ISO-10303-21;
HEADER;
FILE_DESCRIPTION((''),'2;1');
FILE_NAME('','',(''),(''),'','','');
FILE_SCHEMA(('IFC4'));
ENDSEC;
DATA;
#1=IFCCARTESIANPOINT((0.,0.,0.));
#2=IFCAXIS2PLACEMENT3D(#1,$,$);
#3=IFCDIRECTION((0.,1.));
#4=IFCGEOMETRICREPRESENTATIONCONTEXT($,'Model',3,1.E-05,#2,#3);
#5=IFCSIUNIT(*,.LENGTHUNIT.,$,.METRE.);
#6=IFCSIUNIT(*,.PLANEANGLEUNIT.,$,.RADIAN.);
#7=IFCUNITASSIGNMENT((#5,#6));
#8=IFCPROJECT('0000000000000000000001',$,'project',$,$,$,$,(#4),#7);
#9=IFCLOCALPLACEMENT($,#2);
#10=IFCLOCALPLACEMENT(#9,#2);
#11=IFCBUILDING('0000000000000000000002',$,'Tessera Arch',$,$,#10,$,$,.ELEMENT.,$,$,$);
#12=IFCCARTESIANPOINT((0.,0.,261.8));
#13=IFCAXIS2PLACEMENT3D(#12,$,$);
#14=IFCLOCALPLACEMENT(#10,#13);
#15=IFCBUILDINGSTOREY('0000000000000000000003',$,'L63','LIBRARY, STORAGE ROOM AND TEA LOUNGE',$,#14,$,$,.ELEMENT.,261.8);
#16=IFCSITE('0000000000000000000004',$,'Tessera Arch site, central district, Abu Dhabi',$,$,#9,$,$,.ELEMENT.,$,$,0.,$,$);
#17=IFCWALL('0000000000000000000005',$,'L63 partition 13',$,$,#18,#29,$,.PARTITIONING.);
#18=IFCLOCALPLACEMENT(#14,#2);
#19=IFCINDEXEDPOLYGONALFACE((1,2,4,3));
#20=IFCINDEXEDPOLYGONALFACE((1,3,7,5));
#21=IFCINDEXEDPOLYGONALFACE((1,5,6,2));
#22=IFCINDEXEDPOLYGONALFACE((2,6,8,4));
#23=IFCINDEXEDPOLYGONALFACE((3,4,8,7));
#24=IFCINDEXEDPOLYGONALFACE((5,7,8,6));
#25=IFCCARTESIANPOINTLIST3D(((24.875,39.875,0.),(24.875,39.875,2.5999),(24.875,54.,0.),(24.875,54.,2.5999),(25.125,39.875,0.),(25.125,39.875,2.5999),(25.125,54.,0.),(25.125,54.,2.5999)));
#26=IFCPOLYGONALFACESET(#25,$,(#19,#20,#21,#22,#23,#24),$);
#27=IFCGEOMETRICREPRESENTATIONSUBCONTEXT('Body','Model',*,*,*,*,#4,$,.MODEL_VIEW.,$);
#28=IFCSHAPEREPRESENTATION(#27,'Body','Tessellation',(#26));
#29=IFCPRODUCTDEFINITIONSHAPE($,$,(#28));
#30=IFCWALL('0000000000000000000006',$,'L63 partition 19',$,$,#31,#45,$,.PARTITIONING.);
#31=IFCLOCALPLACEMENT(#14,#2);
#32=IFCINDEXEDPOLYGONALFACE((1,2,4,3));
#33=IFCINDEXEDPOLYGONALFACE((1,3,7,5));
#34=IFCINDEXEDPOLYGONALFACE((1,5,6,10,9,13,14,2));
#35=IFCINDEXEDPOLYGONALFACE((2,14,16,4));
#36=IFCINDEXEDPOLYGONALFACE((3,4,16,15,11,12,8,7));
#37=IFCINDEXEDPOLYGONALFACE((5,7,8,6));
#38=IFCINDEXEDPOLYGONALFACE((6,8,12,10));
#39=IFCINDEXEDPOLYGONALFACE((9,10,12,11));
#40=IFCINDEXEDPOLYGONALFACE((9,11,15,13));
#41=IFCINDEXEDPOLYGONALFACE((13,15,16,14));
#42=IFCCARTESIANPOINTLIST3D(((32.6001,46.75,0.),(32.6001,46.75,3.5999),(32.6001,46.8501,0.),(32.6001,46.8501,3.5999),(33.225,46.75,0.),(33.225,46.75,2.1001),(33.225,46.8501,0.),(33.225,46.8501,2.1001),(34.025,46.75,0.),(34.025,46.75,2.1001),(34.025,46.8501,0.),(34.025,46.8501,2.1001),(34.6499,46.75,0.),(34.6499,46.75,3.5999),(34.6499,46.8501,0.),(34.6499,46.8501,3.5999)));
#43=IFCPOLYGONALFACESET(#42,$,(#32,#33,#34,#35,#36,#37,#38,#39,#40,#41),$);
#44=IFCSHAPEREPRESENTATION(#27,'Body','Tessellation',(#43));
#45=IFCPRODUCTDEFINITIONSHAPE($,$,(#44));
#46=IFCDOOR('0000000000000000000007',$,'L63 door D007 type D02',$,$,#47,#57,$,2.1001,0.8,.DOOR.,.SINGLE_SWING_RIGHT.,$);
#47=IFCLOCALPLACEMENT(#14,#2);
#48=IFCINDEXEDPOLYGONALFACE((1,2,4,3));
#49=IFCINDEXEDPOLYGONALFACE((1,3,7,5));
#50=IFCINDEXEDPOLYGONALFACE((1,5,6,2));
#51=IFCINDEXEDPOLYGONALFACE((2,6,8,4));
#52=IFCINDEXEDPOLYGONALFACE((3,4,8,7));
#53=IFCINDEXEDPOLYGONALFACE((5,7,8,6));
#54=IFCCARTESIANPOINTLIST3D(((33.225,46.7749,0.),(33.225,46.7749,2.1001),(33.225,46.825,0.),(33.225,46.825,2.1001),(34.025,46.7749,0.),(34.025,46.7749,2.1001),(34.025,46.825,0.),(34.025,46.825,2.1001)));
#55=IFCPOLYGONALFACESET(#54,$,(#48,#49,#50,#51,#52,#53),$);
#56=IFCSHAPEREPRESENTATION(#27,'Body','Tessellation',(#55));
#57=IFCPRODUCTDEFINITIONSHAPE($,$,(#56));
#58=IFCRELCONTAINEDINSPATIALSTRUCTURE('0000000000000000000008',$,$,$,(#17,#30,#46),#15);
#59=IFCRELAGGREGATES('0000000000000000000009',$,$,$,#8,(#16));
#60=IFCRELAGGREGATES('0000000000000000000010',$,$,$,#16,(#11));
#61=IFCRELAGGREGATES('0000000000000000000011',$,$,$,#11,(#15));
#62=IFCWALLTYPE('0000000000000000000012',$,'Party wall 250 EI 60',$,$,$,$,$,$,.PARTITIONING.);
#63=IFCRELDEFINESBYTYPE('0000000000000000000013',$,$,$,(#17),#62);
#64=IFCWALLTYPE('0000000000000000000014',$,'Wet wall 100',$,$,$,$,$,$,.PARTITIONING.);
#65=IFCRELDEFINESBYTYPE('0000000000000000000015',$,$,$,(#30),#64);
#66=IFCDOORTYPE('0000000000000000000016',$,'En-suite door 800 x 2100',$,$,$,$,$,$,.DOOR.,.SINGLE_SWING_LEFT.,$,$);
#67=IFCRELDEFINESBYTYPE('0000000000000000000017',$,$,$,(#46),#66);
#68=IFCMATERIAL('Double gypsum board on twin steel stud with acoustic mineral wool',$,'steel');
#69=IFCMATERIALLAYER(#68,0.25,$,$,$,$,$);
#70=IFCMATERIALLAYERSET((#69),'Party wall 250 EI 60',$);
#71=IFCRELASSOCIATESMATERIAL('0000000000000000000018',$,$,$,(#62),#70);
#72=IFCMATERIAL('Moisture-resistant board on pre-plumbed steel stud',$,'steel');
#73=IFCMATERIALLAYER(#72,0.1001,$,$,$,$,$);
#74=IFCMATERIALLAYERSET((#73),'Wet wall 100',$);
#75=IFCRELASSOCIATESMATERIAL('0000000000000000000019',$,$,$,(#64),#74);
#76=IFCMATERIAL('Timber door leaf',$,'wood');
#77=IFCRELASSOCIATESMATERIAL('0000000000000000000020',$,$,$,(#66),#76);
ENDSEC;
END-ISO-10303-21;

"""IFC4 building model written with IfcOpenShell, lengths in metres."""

from ifc_helpers import new_model, si_unit, direction, frame, frame_2d, origin, place, context, subcontext, project, spatial, rectangle, extrude, material, layer, layer_set, type_object, element, fill, save


model = new_model("IFC4")

# Units and contexts
model_context = context("Model", 3, precision=1e-05, world=origin(), true_north=direction((0.0, 1.0)))
body_context = subcontext(model_context, "Body", "Model", "MODEL_VIEW")
ifc_project = project(units=[si_unit("LENGTHUNIT", "METRE"), si_unit("PLANEANGLEUNIT", "RADIAN")], contexts=[model_context])

# Site, building, storey
site_placement = place(None, origin())
site = spatial("IfcSite", under=ifc_project, at=site_placement, Name="Tessera Arch site, central district, Abu Dhabi", CompositionType="ELEMENT", RefElevation=0.0)
building_placement = place(site_placement, origin())
building = spatial("IfcBuilding", under=site, at=building_placement, Name="Tessera Arch", CompositionType="ELEMENT")
storey_placement = place(building_placement, frame((0.0, 0.0, 261.8)))
storey = spatial("IfcBuildingStorey", under=building, at=storey_placement, Name="L63", Description="LIBRARY, STORAGE ROOM AND TEA LOUNGE", CompositionType="ELEMENT", Elevation=261.8)

# Wall
ifc_material_1 = material(Name="Double gypsum board on twin steel stud with acoustic mineral wool", Category="steel")
ifc_layer_1 = layer(ifc_material_1, 0.25)
ifc_layer_set_1 = layer_set([ifc_layer_1], Name="Party wall 250 EI 60")
wall_type_1 = type_object("IfcWallType", Name="Party wall 250 EI 60", PredefinedType="PARTITIONING", material=ifc_layer_set_1)
wall_1_placement = place(storey_placement, frame((25.0, 39.875, 0.0), z_axis=(0.0, 0.0, 1.0), x_axis=(0.0, 1.0, 0.0)))
element("IfcWall", 1, at=wall_1_placement, inside=storey, type_object=wall_type_1, Name="L63 partition 13", PredefinedType="PARTITIONING", context=body_context, shape_type="SweptSolid", body=[
    extrude(rectangle(XDim=14.125, YDim=0.25, at=frame_2d((7.0625, 0.0))), origin(), (0.0, 0.0, 1.0), 2.5999),
])

# Wall, opening, door
ifc_material_2 = material(Name="Moisture-resistant board on pre-plumbed steel stud", Category="steel")
ifc_layer_2 = layer(ifc_material_2, 0.1001)
ifc_layer_set_2 = layer_set([ifc_layer_2], Name="Wet wall 100")
wall_type_2 = type_object("IfcWallType", Name="Wet wall 100", PredefinedType="PARTITIONING", material=ifc_layer_set_2)
wall_2_placement = place(storey_placement, frame((32.6001, 46.8, 0.0), z_axis=(0.0, 0.0, 1.0), x_axis=(1.0, 0.0, 0.0)))
wall_2 = element("IfcWall", 2, at=wall_2_placement, inside=storey, type_object=wall_type_2, Name="L63 partition 19", PredefinedType="PARTITIONING", context=body_context, shape_type="SweptSolid", body=[
    extrude(rectangle(XDim=2.0498, YDim=0.1001, at=frame_2d((1.0249, 0.0))), origin(), (0.0, 0.0, 1.0), 3.5999),
])
opening_1_placement = place(wall_2_placement, frame((0.625, 0.0, 0.0)))
opening_1 = element("IfcOpeningElement", 3, at=opening_1_placement, cuts=wall_2, PredefinedType="OPENING", context=body_context, shape_type="SweptSolid", body=[
    extrude(rectangle(XDim=0.8, YDim=2.1001, at=frame_2d((0.3999, 1.05))), frame((0.0, 0.0601, 0.0), z_axis=(0.0, -1.0, 0.0), x_axis=(1.0, 0.0, 0.0)), (0.0, 0.0, 1.0), 0.1201),
])
ifc_material_3 = material(Name="Timber door leaf", Category="wood")
door_type_1 = type_object("IfcDoorType", Name="En-suite door 800 x 2100", OperationType="SINGLE_SWING_LEFT", PredefinedType="DOOR", material=ifc_material_3)
door_1_placement = place(opening_1_placement, origin())
door_1 = element("IfcDoor", 4, at=door_1_placement, inside=storey, type_object=door_type_1, Name="L63 door D007 type D02", OperationType="SINGLE_SWING_RIGHT", OverallHeight=2.1001, OverallWidth=0.8, PredefinedType="DOOR", context=body_context, shape_type="SweptSolid", body=[
    extrude(rectangle(XDim=0.8, YDim=2.1001, at=frame_2d((0.3999, 1.05))), frame((0.0, 0.0249, 0.0), z_axis=(0.0, -1.0, 0.0), x_axis=(1.0, 0.0, 0.0)), (0.0, 0.0, 1.0), 0.05),
])
fill(opening_1, door_1)

save(model, "model.ifc")
